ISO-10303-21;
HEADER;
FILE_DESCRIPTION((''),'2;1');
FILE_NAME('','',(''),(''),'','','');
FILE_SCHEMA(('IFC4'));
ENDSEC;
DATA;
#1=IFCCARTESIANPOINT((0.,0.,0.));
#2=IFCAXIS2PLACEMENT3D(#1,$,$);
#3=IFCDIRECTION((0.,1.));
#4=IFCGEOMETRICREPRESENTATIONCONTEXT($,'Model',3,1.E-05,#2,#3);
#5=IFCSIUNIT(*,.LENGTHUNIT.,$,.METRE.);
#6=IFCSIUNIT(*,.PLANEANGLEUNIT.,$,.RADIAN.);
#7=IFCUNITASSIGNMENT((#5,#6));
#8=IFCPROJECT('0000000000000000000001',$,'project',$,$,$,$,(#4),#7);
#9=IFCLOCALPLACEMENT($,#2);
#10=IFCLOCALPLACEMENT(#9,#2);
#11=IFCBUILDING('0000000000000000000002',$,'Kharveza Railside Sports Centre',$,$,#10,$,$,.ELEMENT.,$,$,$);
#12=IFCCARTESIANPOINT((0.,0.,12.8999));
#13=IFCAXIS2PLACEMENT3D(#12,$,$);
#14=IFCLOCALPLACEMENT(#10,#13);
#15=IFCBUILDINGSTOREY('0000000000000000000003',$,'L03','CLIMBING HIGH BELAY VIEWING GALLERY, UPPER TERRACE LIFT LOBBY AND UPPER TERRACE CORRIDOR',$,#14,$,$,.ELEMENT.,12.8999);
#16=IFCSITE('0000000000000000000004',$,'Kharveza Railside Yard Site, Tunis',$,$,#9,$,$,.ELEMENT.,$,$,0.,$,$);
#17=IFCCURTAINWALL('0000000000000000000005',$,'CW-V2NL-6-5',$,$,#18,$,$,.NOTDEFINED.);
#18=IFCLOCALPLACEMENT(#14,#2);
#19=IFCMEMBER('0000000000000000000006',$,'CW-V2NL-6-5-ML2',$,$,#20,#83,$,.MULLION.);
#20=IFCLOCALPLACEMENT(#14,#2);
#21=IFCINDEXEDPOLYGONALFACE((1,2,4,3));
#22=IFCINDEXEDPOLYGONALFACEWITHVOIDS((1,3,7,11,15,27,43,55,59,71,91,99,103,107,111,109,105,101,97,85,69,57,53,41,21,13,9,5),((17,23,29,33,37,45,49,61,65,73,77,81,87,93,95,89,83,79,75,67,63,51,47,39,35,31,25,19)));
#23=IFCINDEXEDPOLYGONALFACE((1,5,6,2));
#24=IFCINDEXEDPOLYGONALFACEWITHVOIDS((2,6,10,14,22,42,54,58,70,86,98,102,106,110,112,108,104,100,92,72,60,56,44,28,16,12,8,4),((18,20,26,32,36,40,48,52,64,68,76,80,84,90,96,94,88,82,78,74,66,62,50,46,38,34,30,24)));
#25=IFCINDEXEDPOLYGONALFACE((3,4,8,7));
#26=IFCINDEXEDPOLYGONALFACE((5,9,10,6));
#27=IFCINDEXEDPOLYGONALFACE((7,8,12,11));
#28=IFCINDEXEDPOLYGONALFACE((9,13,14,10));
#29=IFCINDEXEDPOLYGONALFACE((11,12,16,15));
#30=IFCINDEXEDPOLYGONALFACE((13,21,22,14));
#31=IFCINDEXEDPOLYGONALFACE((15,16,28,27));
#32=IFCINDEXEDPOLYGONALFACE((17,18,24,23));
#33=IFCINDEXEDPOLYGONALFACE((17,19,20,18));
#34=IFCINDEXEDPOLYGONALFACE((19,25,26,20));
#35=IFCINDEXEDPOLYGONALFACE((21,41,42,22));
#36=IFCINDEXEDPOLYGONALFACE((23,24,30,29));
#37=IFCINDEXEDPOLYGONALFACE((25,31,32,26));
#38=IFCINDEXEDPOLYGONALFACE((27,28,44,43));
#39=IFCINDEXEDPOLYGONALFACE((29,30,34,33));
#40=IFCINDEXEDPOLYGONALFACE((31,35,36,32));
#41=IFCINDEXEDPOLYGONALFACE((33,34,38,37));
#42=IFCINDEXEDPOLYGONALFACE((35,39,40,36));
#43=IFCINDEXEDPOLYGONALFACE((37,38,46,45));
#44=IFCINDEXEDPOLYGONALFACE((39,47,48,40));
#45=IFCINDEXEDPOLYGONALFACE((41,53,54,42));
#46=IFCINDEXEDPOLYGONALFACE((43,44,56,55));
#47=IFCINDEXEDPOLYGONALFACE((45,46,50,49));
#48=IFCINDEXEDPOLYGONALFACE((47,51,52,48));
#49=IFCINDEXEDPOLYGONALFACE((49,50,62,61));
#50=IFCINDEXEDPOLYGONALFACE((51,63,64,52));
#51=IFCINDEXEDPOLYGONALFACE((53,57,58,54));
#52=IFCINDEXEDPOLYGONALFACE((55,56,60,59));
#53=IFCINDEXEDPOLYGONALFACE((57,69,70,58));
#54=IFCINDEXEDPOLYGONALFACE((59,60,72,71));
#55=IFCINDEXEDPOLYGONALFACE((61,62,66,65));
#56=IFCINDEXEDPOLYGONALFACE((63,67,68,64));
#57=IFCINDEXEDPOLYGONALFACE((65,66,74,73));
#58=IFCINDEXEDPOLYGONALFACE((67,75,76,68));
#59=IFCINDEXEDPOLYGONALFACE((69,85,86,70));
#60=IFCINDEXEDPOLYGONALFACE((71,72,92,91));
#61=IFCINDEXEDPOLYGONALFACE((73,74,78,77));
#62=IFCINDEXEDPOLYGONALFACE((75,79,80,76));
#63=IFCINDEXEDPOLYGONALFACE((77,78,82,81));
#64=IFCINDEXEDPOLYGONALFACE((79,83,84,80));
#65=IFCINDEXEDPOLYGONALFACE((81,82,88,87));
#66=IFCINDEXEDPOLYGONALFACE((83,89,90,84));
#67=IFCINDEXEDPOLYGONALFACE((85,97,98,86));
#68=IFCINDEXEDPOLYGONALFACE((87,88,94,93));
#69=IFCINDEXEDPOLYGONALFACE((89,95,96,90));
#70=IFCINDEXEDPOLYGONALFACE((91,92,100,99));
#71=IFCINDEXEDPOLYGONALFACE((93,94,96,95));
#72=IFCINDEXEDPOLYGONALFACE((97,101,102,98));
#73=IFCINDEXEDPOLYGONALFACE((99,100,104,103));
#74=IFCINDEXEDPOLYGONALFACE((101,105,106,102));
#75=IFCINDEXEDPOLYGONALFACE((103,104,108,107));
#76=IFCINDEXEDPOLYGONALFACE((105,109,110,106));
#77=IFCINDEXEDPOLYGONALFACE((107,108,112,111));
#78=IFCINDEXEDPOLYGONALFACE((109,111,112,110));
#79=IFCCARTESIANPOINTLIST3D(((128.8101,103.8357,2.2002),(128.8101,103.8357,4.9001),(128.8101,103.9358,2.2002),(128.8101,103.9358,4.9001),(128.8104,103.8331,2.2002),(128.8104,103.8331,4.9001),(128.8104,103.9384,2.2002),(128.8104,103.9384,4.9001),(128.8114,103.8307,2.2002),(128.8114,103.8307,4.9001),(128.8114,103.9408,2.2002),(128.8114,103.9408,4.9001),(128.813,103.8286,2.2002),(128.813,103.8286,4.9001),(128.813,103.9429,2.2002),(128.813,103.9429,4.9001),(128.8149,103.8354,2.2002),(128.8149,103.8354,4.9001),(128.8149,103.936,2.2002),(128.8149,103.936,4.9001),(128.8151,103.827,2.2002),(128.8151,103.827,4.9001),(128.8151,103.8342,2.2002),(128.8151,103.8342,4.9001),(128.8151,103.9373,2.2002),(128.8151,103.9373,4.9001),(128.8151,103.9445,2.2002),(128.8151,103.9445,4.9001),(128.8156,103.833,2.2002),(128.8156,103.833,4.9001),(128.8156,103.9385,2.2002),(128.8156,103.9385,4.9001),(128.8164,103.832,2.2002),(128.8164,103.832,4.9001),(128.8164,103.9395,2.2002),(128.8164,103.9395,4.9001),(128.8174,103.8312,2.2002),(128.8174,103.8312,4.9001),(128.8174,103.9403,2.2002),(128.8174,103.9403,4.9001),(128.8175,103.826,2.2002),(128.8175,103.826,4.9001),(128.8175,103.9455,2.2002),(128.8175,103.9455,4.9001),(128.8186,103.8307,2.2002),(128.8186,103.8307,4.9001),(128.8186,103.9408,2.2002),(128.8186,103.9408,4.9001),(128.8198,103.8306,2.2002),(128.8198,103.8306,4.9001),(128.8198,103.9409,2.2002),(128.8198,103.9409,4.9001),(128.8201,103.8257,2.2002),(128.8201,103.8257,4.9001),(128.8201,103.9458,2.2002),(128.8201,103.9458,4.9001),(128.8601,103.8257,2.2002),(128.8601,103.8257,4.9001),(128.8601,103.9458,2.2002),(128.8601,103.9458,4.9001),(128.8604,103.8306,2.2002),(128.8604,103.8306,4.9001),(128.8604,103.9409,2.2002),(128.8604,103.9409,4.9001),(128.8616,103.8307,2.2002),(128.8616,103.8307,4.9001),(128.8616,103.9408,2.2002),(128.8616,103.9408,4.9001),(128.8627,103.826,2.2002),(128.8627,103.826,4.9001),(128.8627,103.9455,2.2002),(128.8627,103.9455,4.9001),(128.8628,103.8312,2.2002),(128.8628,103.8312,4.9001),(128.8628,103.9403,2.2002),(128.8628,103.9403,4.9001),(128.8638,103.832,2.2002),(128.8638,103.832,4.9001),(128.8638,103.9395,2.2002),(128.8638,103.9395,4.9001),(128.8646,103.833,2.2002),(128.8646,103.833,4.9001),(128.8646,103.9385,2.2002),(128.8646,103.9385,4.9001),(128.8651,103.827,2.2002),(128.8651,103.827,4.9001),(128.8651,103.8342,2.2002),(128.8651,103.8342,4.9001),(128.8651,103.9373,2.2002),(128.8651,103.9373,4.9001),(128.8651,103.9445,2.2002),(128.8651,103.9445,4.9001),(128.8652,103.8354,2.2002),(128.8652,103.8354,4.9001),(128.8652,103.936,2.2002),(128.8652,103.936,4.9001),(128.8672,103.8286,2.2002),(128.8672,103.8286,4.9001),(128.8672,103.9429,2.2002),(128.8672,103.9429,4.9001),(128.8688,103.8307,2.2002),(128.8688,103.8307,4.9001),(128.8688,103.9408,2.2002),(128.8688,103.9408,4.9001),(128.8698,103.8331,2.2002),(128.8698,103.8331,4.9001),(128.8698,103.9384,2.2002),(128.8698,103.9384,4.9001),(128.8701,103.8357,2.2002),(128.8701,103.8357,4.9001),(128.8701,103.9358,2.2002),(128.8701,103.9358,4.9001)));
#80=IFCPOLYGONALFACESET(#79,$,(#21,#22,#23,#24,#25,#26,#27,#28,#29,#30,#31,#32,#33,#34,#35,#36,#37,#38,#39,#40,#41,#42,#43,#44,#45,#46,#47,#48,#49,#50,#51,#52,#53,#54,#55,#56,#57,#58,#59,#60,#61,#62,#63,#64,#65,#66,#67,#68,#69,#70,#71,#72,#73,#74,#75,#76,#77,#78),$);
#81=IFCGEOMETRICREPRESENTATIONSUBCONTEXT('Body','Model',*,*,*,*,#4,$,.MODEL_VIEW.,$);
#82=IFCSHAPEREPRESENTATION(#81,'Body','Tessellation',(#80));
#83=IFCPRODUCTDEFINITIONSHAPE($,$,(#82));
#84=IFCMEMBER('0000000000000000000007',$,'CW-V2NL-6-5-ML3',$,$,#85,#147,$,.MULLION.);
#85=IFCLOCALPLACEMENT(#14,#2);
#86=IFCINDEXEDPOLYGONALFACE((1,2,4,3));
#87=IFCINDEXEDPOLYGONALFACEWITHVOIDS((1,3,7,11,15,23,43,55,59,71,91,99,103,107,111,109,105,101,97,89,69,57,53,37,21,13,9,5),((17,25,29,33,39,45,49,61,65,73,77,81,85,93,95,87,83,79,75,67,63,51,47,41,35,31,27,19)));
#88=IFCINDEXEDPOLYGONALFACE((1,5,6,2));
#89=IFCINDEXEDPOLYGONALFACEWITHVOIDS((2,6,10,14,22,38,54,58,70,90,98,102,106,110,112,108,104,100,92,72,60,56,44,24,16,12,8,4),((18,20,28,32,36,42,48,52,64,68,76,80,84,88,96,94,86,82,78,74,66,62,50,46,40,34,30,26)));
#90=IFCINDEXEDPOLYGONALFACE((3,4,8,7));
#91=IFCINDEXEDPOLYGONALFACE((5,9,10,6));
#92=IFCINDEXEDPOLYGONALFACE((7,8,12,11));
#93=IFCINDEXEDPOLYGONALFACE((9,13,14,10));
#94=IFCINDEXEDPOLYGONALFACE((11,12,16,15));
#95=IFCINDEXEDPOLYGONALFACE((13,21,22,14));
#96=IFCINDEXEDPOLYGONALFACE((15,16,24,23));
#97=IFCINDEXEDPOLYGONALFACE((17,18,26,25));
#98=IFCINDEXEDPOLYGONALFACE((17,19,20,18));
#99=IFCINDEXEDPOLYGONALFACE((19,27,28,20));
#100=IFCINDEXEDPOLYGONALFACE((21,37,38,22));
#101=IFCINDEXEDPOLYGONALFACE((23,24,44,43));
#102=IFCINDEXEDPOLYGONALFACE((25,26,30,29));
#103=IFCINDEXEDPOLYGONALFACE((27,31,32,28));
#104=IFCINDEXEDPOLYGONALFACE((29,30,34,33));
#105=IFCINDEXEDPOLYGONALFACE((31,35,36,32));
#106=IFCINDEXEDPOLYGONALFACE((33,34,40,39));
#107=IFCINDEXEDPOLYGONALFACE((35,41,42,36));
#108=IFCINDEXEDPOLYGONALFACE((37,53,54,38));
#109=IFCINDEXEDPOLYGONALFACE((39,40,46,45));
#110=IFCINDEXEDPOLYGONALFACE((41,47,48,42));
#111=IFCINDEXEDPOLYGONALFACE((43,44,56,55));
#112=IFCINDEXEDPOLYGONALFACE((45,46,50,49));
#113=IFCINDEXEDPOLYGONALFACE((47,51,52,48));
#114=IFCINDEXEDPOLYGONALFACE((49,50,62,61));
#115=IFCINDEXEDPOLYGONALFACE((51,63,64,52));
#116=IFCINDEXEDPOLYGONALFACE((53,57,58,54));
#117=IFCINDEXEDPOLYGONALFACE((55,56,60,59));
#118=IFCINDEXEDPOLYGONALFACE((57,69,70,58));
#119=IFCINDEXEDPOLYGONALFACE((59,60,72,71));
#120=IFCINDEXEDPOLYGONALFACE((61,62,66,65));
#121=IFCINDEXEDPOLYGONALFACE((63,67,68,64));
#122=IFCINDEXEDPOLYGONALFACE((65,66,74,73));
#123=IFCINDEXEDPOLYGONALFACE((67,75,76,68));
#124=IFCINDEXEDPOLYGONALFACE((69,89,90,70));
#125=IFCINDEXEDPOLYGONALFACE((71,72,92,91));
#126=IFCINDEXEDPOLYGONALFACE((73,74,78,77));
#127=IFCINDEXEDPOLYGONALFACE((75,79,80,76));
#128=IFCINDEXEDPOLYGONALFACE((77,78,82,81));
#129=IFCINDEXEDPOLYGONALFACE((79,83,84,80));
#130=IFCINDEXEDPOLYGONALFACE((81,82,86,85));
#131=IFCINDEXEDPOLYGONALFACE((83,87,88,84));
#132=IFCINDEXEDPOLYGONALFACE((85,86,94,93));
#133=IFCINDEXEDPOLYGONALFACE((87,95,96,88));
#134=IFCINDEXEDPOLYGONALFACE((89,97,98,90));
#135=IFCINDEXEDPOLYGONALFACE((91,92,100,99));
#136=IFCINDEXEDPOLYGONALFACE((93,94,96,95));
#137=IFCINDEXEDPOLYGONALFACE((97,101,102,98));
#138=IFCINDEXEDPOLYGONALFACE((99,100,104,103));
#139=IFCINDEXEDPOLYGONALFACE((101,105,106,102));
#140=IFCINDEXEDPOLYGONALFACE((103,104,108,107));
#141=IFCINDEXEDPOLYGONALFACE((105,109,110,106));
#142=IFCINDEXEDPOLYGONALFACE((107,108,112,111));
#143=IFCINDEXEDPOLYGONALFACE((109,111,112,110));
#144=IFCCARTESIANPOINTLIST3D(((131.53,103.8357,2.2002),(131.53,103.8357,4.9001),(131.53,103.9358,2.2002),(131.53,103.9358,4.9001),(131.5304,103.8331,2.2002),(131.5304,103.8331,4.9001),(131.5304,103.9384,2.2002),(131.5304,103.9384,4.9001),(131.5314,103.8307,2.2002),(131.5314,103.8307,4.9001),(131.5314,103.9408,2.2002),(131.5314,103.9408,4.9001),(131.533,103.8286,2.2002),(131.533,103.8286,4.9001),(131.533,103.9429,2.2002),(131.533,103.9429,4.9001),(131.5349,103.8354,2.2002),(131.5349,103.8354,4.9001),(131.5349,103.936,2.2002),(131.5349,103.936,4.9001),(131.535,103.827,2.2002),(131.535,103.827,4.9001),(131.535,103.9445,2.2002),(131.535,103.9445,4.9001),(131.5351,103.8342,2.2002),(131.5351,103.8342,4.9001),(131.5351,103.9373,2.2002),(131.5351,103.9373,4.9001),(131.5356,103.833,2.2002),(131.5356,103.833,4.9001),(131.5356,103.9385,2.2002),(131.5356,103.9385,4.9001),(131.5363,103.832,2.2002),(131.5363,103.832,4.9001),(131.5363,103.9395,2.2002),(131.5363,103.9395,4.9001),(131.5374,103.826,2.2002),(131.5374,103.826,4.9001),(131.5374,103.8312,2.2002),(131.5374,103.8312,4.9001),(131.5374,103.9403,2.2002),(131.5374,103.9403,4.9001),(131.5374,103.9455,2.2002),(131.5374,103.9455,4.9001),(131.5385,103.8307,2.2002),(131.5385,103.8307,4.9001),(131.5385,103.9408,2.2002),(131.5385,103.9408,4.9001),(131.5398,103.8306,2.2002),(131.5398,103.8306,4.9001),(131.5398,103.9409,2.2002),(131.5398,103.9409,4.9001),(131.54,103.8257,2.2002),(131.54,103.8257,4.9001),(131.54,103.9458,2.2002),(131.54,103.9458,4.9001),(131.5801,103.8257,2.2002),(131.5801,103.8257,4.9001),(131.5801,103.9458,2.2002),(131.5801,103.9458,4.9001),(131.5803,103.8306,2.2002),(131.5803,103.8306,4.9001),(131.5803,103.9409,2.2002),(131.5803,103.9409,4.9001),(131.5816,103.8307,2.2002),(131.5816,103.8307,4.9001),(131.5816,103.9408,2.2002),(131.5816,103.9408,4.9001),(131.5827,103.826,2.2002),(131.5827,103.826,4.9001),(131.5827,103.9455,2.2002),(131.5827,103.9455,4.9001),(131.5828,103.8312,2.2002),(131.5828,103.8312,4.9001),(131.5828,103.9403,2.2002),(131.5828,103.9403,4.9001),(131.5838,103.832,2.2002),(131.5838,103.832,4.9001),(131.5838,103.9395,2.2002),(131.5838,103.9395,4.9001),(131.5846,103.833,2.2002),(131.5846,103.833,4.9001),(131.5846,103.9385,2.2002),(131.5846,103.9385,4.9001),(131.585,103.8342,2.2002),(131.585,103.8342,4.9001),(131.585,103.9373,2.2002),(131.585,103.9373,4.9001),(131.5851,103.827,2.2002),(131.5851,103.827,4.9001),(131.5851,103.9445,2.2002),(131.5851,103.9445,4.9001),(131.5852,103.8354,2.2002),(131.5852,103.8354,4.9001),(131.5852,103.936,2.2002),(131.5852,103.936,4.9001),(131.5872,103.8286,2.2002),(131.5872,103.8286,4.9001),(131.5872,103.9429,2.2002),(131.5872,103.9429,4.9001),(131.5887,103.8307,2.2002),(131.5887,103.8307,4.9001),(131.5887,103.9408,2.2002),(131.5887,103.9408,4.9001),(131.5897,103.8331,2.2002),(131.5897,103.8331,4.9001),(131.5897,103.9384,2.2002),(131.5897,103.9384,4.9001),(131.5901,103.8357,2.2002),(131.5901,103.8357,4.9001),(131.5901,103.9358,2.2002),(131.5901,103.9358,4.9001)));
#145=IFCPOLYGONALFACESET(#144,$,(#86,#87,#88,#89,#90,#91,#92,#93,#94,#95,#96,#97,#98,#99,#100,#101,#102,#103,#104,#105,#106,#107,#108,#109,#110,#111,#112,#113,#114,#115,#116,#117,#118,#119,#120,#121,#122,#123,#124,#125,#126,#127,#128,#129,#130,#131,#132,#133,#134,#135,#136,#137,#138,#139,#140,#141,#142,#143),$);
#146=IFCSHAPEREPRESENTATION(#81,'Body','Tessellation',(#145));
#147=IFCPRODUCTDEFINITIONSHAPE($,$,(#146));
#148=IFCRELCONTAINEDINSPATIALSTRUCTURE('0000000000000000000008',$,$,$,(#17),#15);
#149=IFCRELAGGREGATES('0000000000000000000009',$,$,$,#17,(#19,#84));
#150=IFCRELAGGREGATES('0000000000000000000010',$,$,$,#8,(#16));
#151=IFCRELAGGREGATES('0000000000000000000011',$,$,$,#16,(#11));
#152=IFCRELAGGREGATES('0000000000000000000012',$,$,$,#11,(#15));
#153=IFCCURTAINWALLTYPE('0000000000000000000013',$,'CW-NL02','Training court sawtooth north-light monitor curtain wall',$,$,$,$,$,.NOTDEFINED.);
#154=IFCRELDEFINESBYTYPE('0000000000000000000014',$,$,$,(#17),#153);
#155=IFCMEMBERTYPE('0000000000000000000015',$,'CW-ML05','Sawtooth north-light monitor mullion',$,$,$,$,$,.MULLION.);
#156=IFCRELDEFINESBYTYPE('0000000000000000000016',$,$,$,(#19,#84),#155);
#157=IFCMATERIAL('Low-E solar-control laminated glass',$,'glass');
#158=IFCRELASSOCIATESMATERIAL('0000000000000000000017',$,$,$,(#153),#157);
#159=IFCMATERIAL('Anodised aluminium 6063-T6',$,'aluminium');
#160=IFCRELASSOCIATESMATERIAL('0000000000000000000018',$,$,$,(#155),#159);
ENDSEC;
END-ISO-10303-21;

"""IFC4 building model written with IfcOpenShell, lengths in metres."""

from ifc_helpers import new_model, si_unit, direction, frame, origin, origin_2d, place, context, subcontext, project, spatial, hollow_rectangle, extrude, material, material_profile, profile_set, type_object, element, aggregate, save


model = new_model("IFC4")

# Units and contexts
model_context = context("Model", 3, precision=1e-05, world=origin(), true_north=direction((0.0, 1.0)))
body_context = subcontext(model_context, "Body", "Model", "MODEL_VIEW")
ifc_project = project(units=[si_unit("LENGTHUNIT", "METRE"), si_unit("PLANEANGLEUNIT", "RADIAN")], contexts=[model_context])

# Site, building, storey
site_placement = place(None, origin())
site = spatial("IfcSite", under=ifc_project, at=site_placement, Name="Kharveza Railside Yard Site, Tunis", CompositionType="ELEMENT", RefElevation=0.0)
building_placement = place(site_placement, origin())
building = spatial("IfcBuilding", under=site, at=building_placement, Name="Kharveza Railside Sports Centre", CompositionType="ELEMENT")
storey_placement = place(building_placement, frame((0.0, 0.0, 12.8999)))
storey = spatial("IfcBuildingStorey", under=building, at=storey_placement, Name="L03", Description="CLIMBING HIGH BELAY VIEWING GALLERY, UPPER TERRACE LIFT LOBBY AND UPPER TERRACE CORRIDOR", CompositionType="ELEMENT", Elevation=12.8999)

# Curtain wall, members
ifc_material_1 = material(Name="Low-E solar-control laminated glass", Category="glass")
curtain_wall_type = type_object("IfcCurtainWallType", Name="CW-NL02", Description="Training court sawtooth north-light monitor curtain wall", PredefinedType="NOTDEFINED", material=ifc_material_1)
curtain_wall_1_placement = place(storey_placement, origin())
curtain_wall_1 = element("IfcCurtainWall", 1, at=curtain_wall_1_placement, inside=storey, type_object=curtain_wall_type, Name="CW-V2NL-6-5", PredefinedType="NOTDEFINED")
ifc_material_2 = material(Name="Anodised aluminium 6063-T6", Category="aluminium")
ifc_material_profile_1 = material_profile(ifc_material_2, hollow_rectangle(XDim=0.0601, YDim=0.1201, WallThickness=0.0049, InnerFilletRadius=0.0049, OuterFilletRadius=0.01, at=origin_2d()), Name="RHS 60x120x5.0")
ifc_profile_set_1 = profile_set([ifc_material_profile_1], Name="Anodised aluminium 6063-T6")
member_type_1 = type_object("IfcMemberType", Name="CW-ML05", Description="Sawtooth north-light monitor mullion", PredefinedType="MULLION", material=ifc_profile_set_1)
member_1_placement = place(storey_placement, frame((128.8401, 103.8857, 2.2002), z_axis=(0.0, 0.0, 1.0), x_axis=(1.0, 0.0, 0.0)))
member_1 = element("IfcMember", 2, at=member_1_placement, type_object=member_type_1, Name="CW-V2NL-6-5-ML2", PredefinedType="MULLION", context=body_context, shape_type="SweptSolid", body=[
    extrude(hollow_rectangle(XDim=0.0601, YDim=0.1201, WallThickness=0.0049, InnerFilletRadius=0.0049, OuterFilletRadius=0.01, at=origin_2d()), origin(), (0.0, 0.0, 1.0), 2.7),
])
member_2_placement = place(storey_placement, frame((131.5601, 103.8857, 2.2002), z_axis=(0.0, 0.0, 1.0), x_axis=(1.0, 0.0, 0.0)))
member_2 = element("IfcMember", 3, at=member_2_placement, type_object=member_type_1, Name="CW-V2NL-6-5-ML3", PredefinedType="MULLION", context=body_context, shape_type="SweptSolid", body=[
    extrude(hollow_rectangle(XDim=0.0601, YDim=0.1201, WallThickness=0.0049, InnerFilletRadius=0.0049, OuterFilletRadius=0.01, at=origin_2d()), origin(), (0.0, 0.0, 1.0), 2.7),
])

aggregate(curtain_wall_1, [member_1, member_2])

save(model, "model.ifc")
